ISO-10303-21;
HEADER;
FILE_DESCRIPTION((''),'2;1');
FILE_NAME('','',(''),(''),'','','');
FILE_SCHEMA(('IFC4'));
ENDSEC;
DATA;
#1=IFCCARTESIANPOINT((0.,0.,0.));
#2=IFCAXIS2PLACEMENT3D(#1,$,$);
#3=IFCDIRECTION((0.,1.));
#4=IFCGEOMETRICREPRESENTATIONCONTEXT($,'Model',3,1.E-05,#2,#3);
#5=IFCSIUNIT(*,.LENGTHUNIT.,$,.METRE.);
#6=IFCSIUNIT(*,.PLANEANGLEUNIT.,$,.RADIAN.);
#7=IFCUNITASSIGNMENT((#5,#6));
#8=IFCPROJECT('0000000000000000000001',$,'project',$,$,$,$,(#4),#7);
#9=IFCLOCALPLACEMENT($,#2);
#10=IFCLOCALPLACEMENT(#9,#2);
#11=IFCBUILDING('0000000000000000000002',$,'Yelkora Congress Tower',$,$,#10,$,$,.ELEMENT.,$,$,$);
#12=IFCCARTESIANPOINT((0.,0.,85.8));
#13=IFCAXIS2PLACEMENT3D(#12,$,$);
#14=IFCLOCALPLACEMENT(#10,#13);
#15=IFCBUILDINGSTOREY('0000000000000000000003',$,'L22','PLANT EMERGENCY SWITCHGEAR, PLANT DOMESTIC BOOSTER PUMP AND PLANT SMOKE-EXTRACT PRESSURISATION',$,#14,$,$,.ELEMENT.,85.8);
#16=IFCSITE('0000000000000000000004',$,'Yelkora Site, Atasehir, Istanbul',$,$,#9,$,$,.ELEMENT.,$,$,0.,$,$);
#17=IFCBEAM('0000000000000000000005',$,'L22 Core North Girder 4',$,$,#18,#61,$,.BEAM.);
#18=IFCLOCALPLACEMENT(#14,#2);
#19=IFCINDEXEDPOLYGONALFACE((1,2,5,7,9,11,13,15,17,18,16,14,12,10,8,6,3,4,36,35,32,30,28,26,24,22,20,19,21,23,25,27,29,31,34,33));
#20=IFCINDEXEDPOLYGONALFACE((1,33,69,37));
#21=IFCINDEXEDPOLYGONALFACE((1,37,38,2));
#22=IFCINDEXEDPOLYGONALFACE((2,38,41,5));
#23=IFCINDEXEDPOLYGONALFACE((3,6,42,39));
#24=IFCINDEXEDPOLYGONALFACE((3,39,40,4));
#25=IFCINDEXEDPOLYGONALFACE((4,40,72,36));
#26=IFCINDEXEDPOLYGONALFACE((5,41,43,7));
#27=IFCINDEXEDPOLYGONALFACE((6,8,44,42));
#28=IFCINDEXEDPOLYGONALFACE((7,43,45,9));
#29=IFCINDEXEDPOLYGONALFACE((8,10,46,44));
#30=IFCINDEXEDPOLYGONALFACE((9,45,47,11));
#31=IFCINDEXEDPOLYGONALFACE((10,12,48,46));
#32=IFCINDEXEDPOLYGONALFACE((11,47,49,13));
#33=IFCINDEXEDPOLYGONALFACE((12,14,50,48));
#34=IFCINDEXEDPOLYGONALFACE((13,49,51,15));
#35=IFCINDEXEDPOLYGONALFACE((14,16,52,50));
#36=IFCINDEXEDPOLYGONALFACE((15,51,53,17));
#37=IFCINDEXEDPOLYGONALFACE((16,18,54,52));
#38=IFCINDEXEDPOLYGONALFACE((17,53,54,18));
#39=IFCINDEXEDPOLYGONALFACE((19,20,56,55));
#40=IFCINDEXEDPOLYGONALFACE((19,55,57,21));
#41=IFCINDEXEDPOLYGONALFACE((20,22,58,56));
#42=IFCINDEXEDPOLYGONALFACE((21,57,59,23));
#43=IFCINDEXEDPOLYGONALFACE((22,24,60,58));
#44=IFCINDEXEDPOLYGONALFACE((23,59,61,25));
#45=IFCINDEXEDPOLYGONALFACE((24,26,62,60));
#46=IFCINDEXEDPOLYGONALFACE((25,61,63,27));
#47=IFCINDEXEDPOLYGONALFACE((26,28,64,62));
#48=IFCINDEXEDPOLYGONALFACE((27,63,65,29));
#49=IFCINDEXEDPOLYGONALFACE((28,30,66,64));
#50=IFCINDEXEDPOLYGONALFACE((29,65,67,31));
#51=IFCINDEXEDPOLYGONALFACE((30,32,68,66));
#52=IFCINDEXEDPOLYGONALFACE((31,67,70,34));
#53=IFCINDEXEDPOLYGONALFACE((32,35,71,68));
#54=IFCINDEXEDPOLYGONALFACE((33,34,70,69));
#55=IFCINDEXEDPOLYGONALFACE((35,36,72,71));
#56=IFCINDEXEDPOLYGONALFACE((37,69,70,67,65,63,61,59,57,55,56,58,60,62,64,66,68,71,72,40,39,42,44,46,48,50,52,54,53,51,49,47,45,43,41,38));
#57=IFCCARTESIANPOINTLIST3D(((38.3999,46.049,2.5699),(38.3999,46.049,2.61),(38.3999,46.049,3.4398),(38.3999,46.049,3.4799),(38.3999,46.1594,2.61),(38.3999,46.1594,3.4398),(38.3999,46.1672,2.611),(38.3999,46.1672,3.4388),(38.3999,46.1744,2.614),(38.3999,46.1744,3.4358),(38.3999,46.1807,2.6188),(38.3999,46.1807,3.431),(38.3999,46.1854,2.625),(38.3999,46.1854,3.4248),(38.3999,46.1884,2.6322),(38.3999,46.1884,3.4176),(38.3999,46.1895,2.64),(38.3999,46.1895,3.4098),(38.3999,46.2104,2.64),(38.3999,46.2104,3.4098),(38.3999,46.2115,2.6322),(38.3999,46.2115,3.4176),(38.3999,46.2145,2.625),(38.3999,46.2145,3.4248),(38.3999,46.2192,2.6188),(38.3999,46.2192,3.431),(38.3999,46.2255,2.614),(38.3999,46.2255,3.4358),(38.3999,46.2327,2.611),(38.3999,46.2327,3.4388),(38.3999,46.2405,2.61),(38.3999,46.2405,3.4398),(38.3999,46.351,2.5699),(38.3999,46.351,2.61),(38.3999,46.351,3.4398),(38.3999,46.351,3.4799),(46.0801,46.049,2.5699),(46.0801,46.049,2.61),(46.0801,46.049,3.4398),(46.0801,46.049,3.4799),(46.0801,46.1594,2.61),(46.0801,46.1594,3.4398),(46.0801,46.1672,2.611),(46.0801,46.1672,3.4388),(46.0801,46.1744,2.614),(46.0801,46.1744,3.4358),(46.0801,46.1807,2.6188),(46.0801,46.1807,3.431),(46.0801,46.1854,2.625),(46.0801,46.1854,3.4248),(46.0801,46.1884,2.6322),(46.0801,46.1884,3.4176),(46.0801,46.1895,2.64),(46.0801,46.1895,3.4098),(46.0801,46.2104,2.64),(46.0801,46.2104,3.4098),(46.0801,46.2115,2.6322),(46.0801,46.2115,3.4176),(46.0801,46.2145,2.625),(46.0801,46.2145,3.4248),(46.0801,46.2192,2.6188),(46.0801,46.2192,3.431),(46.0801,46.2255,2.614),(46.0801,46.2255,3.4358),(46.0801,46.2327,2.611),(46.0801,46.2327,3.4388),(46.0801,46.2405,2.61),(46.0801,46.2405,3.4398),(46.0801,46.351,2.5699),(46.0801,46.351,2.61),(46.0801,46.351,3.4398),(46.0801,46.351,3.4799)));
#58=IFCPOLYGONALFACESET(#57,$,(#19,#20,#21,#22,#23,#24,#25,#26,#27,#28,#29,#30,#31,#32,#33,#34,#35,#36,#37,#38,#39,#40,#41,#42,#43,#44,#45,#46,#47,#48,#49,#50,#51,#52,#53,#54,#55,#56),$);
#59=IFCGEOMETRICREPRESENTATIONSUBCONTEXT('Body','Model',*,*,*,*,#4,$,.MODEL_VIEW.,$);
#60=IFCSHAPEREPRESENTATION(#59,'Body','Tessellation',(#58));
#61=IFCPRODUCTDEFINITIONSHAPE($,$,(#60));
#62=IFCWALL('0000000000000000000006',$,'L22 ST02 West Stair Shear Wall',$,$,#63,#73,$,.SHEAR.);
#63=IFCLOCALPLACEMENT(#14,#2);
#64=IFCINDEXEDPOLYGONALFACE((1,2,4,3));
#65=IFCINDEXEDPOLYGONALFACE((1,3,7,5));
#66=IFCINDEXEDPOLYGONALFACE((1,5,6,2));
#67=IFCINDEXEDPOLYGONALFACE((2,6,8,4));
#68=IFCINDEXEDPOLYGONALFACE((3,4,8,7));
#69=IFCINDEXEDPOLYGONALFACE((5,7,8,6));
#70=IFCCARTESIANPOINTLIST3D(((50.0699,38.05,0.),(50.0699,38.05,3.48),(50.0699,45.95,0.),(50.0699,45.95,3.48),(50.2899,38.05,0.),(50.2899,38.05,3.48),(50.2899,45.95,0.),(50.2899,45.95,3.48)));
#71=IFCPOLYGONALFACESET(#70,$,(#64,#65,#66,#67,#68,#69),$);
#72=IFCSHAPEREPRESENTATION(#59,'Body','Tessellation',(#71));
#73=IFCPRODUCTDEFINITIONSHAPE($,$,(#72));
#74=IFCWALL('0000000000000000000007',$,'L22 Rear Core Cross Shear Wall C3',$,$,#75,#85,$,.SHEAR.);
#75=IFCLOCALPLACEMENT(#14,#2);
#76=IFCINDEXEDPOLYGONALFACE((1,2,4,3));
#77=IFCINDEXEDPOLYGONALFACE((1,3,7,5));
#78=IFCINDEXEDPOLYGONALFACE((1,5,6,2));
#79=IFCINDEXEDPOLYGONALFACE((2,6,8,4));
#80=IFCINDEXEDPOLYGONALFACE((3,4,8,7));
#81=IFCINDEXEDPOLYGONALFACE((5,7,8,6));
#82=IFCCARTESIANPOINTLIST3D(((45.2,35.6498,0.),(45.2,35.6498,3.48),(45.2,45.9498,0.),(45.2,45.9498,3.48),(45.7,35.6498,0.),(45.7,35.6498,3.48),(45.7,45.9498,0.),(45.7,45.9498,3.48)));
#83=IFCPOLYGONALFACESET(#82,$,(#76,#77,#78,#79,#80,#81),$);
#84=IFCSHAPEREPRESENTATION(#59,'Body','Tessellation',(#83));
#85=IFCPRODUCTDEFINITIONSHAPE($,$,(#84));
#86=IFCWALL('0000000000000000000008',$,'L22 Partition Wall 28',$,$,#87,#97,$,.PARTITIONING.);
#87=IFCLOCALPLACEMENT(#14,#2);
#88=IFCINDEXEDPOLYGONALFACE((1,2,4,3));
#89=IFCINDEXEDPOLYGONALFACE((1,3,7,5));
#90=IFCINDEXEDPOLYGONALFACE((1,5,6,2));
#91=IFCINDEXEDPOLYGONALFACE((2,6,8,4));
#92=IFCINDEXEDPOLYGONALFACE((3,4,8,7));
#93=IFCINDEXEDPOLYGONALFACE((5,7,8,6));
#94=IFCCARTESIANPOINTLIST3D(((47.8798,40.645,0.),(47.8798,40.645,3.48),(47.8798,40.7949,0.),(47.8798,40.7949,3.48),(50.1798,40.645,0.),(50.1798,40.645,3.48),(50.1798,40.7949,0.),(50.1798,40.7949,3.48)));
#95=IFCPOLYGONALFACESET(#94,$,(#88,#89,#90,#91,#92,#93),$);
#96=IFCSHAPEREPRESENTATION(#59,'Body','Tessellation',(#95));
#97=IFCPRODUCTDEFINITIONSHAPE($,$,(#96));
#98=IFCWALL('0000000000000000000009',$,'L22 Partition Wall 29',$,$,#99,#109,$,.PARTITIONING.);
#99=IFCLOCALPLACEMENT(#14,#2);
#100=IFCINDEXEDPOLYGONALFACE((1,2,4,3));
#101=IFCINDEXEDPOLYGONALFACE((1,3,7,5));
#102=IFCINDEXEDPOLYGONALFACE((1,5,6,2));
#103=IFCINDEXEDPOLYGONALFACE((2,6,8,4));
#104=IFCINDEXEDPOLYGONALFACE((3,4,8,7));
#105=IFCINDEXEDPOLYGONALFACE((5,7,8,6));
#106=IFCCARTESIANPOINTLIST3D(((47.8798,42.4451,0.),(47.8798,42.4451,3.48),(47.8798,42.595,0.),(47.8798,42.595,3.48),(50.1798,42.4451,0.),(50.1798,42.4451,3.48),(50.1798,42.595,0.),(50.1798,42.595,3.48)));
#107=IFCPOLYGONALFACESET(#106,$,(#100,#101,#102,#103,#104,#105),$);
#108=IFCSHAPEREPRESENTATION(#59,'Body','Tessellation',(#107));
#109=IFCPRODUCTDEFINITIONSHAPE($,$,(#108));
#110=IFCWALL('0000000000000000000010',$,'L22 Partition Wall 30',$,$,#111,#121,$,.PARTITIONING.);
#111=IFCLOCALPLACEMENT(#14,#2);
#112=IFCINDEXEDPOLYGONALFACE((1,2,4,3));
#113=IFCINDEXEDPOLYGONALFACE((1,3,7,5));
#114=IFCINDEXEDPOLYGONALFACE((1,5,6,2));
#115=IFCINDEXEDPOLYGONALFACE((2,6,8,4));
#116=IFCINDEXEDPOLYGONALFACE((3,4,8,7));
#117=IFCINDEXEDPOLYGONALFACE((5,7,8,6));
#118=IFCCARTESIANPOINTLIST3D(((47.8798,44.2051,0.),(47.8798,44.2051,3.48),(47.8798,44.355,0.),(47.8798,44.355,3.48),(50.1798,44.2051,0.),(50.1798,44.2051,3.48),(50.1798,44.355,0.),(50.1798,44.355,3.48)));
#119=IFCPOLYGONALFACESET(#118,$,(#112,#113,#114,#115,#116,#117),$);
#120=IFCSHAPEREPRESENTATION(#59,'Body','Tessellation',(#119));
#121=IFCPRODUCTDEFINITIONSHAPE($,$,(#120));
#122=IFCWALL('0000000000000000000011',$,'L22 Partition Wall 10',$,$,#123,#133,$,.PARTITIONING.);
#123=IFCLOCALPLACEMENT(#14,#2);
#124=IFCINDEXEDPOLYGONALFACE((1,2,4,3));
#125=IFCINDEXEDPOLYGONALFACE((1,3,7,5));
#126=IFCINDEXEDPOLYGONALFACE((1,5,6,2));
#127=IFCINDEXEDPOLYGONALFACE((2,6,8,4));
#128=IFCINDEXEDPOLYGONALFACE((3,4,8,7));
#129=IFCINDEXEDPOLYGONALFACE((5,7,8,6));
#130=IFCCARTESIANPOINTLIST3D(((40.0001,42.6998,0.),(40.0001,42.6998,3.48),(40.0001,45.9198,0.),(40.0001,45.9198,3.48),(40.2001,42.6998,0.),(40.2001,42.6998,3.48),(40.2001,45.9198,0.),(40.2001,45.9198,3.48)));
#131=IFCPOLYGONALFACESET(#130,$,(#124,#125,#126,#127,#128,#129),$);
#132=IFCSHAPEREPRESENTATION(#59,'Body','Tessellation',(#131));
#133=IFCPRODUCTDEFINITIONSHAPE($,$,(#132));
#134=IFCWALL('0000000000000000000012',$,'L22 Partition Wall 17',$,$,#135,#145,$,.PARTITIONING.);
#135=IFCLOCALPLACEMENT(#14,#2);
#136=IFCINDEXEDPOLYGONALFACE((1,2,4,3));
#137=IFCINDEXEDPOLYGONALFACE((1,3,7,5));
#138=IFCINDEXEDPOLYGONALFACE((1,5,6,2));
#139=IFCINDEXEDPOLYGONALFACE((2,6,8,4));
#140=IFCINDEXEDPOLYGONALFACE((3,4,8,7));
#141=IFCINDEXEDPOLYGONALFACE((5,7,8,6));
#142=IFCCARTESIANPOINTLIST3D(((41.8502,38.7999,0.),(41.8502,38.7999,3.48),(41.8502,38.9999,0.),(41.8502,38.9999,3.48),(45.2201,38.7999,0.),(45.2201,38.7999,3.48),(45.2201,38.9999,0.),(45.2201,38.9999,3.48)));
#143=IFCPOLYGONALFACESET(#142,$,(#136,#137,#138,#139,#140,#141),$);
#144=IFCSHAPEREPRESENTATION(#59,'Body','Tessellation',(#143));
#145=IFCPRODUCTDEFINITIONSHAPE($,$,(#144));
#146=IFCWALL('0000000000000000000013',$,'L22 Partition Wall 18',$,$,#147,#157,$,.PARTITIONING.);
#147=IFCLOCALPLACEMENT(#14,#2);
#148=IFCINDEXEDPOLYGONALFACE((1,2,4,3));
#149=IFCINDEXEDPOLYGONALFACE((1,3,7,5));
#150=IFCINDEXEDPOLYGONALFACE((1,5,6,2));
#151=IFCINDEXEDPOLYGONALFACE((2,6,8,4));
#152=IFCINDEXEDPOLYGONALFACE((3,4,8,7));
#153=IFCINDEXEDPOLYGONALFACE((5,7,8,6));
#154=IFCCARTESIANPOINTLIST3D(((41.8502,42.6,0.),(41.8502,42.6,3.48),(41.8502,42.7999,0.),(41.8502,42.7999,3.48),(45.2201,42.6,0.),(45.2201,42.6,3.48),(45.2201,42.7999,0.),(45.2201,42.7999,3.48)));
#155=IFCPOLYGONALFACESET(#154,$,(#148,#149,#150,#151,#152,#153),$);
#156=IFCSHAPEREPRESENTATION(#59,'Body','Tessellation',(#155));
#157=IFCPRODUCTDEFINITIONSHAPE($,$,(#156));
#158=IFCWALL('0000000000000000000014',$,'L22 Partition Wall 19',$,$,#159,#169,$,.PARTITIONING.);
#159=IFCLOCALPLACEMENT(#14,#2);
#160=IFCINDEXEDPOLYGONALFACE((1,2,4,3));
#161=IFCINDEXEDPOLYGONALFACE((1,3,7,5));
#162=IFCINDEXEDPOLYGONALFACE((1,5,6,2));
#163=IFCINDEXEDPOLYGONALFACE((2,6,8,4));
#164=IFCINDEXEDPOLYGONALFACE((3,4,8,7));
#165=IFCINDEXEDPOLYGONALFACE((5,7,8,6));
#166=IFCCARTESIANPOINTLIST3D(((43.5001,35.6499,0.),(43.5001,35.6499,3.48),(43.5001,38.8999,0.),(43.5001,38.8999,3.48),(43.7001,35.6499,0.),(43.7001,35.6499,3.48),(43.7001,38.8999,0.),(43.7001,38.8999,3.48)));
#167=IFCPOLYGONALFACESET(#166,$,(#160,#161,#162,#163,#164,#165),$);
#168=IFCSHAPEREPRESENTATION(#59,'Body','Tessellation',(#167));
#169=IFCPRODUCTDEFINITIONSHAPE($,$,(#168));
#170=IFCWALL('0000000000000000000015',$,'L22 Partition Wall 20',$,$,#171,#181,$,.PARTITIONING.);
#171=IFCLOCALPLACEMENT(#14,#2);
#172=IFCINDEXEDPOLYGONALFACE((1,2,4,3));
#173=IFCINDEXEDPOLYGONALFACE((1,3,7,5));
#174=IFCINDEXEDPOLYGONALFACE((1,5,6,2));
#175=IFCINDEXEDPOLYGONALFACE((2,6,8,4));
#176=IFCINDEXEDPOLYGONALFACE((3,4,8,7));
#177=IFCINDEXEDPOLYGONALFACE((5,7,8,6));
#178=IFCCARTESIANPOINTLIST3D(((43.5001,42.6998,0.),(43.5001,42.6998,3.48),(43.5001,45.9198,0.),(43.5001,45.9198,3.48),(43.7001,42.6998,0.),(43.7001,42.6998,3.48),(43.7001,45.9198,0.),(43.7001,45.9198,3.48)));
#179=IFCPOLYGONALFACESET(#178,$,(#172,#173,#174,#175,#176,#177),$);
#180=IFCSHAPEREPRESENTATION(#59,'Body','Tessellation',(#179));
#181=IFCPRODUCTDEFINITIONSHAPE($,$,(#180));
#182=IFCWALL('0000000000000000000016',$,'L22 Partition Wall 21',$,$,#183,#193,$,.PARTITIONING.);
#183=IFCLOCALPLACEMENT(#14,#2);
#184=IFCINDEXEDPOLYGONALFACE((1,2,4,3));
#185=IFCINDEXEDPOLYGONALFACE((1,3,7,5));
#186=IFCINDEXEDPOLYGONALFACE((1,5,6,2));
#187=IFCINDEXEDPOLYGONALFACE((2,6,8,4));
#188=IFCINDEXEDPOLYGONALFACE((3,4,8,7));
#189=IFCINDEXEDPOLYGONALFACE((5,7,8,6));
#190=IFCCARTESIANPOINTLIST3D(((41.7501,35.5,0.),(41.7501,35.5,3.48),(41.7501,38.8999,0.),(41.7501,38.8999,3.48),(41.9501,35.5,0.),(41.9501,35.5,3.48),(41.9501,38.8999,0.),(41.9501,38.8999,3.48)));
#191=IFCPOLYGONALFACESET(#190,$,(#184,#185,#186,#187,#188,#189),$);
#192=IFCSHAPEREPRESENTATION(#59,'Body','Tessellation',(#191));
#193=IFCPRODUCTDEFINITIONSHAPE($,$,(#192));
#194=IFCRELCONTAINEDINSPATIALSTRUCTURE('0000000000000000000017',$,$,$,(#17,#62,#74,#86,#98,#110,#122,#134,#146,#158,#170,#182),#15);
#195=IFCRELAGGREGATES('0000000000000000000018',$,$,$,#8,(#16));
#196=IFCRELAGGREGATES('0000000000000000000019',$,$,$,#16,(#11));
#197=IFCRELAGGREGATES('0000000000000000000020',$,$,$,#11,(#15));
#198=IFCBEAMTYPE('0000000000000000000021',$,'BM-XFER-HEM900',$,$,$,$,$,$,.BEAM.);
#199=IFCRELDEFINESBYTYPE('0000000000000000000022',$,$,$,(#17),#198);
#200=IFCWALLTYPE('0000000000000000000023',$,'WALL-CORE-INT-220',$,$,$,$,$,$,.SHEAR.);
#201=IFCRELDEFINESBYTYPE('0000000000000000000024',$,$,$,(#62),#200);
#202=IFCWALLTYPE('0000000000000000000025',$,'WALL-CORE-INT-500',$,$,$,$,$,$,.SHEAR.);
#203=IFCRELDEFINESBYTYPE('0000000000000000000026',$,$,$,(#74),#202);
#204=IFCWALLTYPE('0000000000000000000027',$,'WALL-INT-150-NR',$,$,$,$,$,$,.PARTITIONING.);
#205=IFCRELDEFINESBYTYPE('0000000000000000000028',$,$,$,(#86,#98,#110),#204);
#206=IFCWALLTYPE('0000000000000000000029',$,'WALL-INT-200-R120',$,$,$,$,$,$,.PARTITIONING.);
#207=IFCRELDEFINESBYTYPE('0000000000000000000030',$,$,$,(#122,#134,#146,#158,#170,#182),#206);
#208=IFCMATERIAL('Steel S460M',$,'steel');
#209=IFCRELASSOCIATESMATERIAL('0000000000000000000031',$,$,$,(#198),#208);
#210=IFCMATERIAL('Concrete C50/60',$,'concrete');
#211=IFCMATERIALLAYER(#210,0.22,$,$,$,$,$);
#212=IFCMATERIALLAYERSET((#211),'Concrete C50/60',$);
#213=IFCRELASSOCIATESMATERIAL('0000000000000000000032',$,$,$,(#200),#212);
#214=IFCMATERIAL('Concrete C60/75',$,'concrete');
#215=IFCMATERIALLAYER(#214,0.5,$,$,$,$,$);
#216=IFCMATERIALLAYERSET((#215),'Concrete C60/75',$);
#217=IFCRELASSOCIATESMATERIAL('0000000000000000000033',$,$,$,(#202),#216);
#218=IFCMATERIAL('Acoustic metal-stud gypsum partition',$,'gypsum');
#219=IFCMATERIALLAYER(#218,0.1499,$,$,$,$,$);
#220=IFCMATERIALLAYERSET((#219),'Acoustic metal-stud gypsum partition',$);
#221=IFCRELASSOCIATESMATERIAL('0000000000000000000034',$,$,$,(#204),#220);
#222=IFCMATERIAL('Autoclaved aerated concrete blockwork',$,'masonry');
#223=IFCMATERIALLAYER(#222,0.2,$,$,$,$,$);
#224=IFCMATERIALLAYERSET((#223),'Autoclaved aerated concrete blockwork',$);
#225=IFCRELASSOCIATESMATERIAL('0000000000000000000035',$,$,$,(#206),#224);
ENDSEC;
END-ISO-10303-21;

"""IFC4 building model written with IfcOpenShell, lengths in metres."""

from ifc_helpers import new_model, si_unit, direction, frame, frame_2d, origin, origin_2d, place, context, subcontext, project, spatial, rectangle, i_section, extrude, material, layer, layer_set, material_profile, profile_set, type_object, element, save


model = new_model("IFC4")

# Units and contexts
model_context = context("Model", 3, precision=1e-05, world=origin(), true_north=direction((0.0, 1.0)))
body_context = subcontext(model_context, "Body", "Model", "MODEL_VIEW")
ifc_project = project(units=[si_unit("LENGTHUNIT", "METRE"), si_unit("PLANEANGLEUNIT", "RADIAN")], contexts=[model_context])

# Site, building, storey
site_placement = place(None, origin())
site = spatial("IfcSite", under=ifc_project, at=site_placement, Name="Yelkora Site, Atasehir, Istanbul", CompositionType="ELEMENT", RefElevation=0.0)
building_placement = place(site_placement, origin())
building = spatial("IfcBuilding", under=site, at=building_placement, Name="Yelkora Congress Tower", CompositionType="ELEMENT")
storey_placement = place(building_placement, frame((0.0, 0.0, 85.8)))
storey = spatial("IfcBuildingStorey", under=building, at=storey_placement, Name="L22", Description="PLANT EMERGENCY SWITCHGEAR, PLANT DOMESTIC BOOSTER PUMP AND PLANT SMOKE-EXTRACT PRESSURISATION", CompositionType="ELEMENT", Elevation=85.8)

# Shared definitions
ifc_material_1 = material(Name="Concrete C60/75", Category="concrete")

# Beam
ifc_material_2 = material(Name="Steel S460M", Category="steel")
ifc_material_profile_1 = material_profile(ifc_material_2, i_section(OverallWidth=0.302, OverallDepth=0.9099, WebThickness=0.021, FlangeThickness=0.04, FilletRadius=0.03, at=origin_2d()), Name="HEM 900")
ifc_profile_set_1 = profile_set([ifc_material_profile_1], Name="Steel S460M")
beam_type_1 = type_object("IfcBeamType", Name="BM-XFER-HEM900", PredefinedType="BEAM", material=ifc_profile_set_1)
beam_placement = place(storey_placement, frame((38.3999, 46.2, 3.0249), z_axis=(1.0, 0.0, 0.0), x_axis=(0.0, 1.0, 0.0)))
element("IfcBeam", 1, at=beam_placement, inside=storey, type_object=beam_type_1, Name="L22 Core North Girder 4", PredefinedType="BEAM", context=body_context, shape_type="SweptSolid", body=[
    extrude(i_section(OverallWidth=0.302, OverallDepth=0.9099, WebThickness=0.021, FlangeThickness=0.04, FilletRadius=0.03, at=origin_2d()), origin(), (0.0, 0.0, 1.0), 7.6802),
])

# Walls
ifc_material_3 = material(Name="Concrete C50/60", Category="concrete")
ifc_layer_1 = layer(ifc_material_3, 0.22)
ifc_layer_set_1 = layer_set([ifc_layer_1], Name="Concrete C50/60")
wall_type_1 = type_object("IfcWallType", Name="WALL-CORE-INT-220", PredefinedType="SHEAR", material=ifc_layer_set_1)
wall_1_placement = place(storey_placement, frame((50.1799, 38.05, 0.0), z_axis=(0.0, 0.0, 1.0), x_axis=(0.0, 1.0, 0.0)))
element("IfcWall", 2, at=wall_1_placement, inside=storey, type_object=wall_type_1, Name="L22 ST02 West Stair Shear Wall", PredefinedType="SHEAR", context=body_context, shape_type="SweptSolid", body=[
    extrude(rectangle(XDim=7.8999, YDim=0.22, at=frame_2d((3.95, 0.0))), origin(), (0.0, 0.0, 1.0), 3.48),
])
ifc_layer_2 = layer(ifc_material_1, 0.5)
ifc_layer_set_2 = layer_set([ifc_layer_2], Name="Concrete C60/75")
wall_type_2 = type_object("IfcWallType", Name="WALL-CORE-INT-500", PredefinedType="SHEAR", material=ifc_layer_set_2)
wall_2_placement = place(storey_placement, frame((45.45, 35.6499, 0.0), z_axis=(0.0, 0.0, 1.0), x_axis=(0.0, 1.0, 0.0)))
element("IfcWall", 3, at=wall_2_placement, inside=storey, type_object=wall_type_2, Name="L22 Rear Core Cross Shear Wall C3", PredefinedType="SHEAR", context=body_context, shape_type="SweptSolid", body=[
    extrude(rectangle(XDim=10.3, YDim=0.5, at=frame_2d((5.1499, 0.0))), origin(), (0.0, 0.0, 1.0), 3.48),
])
ifc_material_4 = material(Name="Acoustic metal-stud gypsum partition", Category="gypsum")
ifc_layer_3 = layer(ifc_material_4, 0.1499)
ifc_layer_set_3 = layer_set([ifc_layer_3], Name="Acoustic metal-stud gypsum partition")
wall_type_3 = type_object("IfcWallType", Name="WALL-INT-150-NR", PredefinedType="PARTITIONING", material=ifc_layer_set_3)
for number, where, z_axis, x_axis, name in (
    (4, (47.8799, 40.72, 0.0), (0.0, 0.0, 1.0), (1.0, 0.0, 0.0), "L22 Partition Wall 28"),
    (5, (47.8799, 42.52, 0.0), (0.0, 0.0, 1.0), (1.0, 0.0, 0.0), "L22 Partition Wall 29"),
    (6, (47.8799, 44.28, 0.0), (0.0, 0.0, 1.0), (1.0, 0.0, 0.0), "L22 Partition Wall 30"),
):
    element("IfcWall", number, at=place(storey_placement, frame(where, z_axis=z_axis, x_axis=x_axis)), inside=storey, type_object=wall_type_3, Name=name, PredefinedType="PARTITIONING", context=body_context, shape_type="SweptSolid", body=[
        extrude(rectangle(XDim=2.3, YDim=0.1499, at=frame_2d((1.1499, 0.0))), origin(), (0.0, 0.0, 1.0), 3.48),
    ])

# Walls
ifc_material_5 = material(Name="Autoclaved aerated concrete blockwork", Category="masonry")
ifc_layer_4 = layer(ifc_material_5, 0.2)
ifc_layer_set_4 = layer_set([ifc_layer_4], Name="Autoclaved aerated concrete blockwork")
wall_type_4 = type_object("IfcWallType", Name="WALL-INT-200-R120", PredefinedType="PARTITIONING", material=ifc_layer_set_4)
wall_3_placement = place(storey_placement, frame((40.1001, 42.7, 0.0), z_axis=(0.0, 0.0, 1.0), x_axis=(0.0, 1.0, 0.0)))
element("IfcWall", 7, at=wall_3_placement, inside=storey, type_object=wall_type_4, Name="L22 Partition Wall 10", PredefinedType="PARTITIONING", context=body_context, shape_type="SweptSolid", body=[
    extrude(rectangle(XDim=3.22, YDim=0.2, at=frame_2d((1.6099, 0.0))), origin(), (0.0, 0.0, 1.0), 3.48),
])
for number, where, z_axis, x_axis, name in (
    (8, (41.8501, 38.8999, 0.0), (0.0, 0.0, 1.0), (1.0, 0.0, 0.0), "L22 Partition Wall 17"),
    (9, (41.8501, 42.7, 0.0), (0.0, 0.0, 1.0), (1.0, 0.0, 0.0), "L22 Partition Wall 18"),
):
    element("IfcWall", number, at=place(storey_placement, frame(where, z_axis=z_axis, x_axis=x_axis)), inside=storey, type_object=wall_type_4, Name=name, PredefinedType="PARTITIONING", context=body_context, shape_type="SweptSolid", body=[
        extrude(rectangle(XDim=3.3699, YDim=0.2, at=frame_2d((1.6851, 0.0))), origin(), (0.0, 0.0, 1.0), 3.48),
    ])
wall_4_placement = place(storey_placement, frame((43.6001, 35.6499, 0.0), z_axis=(0.0, 0.0, 1.0), x_axis=(0.0, 1.0, 0.0)))
element("IfcWall", 10, at=wall_4_placement, inside=storey, type_object=wall_type_4, Name="L22 Partition Wall 19", PredefinedType="PARTITIONING", context=body_context, shape_type="SweptSolid", body=[
    extrude(rectangle(XDim=3.25, YDim=0.2, at=frame_2d((1.625, 0.0))), origin(), (0.0, 0.0, 1.0), 3.48),
])
wall_5_placement = place(storey_placement, frame((43.6001, 42.7, 0.0), z_axis=(0.0, 0.0, 1.0), x_axis=(0.0, 1.0, 0.0)))
element("IfcWall", 11, at=wall_5_placement, inside=storey, type_object=wall_type_4, Name="L22 Partition Wall 20", PredefinedType="PARTITIONING", context=body_context, shape_type="SweptSolid", body=[
    extrude(rectangle(XDim=3.22, YDim=0.2, at=frame_2d((1.6099, 0.0))), origin(), (0.0, 0.0, 1.0), 3.48),
])
wall_6_placement = place(storey_placement, frame((41.8501, 35.5, 0.0), z_axis=(0.0, 0.0, 1.0), x_axis=(0.0, 1.0, 0.0)))
element("IfcWall", 12, at=wall_6_placement, inside=storey, type_object=wall_type_4, Name="L22 Partition Wall 21", PredefinedType="PARTITIONING", context=body_context, shape_type="SweptSolid", body=[
    extrude(rectangle(XDim=3.3999, YDim=0.2, at=frame_2d((1.7, 0.0))), origin(), (0.0, 0.0, 1.0), 3.48),
])

save(model, "model.ifc")
